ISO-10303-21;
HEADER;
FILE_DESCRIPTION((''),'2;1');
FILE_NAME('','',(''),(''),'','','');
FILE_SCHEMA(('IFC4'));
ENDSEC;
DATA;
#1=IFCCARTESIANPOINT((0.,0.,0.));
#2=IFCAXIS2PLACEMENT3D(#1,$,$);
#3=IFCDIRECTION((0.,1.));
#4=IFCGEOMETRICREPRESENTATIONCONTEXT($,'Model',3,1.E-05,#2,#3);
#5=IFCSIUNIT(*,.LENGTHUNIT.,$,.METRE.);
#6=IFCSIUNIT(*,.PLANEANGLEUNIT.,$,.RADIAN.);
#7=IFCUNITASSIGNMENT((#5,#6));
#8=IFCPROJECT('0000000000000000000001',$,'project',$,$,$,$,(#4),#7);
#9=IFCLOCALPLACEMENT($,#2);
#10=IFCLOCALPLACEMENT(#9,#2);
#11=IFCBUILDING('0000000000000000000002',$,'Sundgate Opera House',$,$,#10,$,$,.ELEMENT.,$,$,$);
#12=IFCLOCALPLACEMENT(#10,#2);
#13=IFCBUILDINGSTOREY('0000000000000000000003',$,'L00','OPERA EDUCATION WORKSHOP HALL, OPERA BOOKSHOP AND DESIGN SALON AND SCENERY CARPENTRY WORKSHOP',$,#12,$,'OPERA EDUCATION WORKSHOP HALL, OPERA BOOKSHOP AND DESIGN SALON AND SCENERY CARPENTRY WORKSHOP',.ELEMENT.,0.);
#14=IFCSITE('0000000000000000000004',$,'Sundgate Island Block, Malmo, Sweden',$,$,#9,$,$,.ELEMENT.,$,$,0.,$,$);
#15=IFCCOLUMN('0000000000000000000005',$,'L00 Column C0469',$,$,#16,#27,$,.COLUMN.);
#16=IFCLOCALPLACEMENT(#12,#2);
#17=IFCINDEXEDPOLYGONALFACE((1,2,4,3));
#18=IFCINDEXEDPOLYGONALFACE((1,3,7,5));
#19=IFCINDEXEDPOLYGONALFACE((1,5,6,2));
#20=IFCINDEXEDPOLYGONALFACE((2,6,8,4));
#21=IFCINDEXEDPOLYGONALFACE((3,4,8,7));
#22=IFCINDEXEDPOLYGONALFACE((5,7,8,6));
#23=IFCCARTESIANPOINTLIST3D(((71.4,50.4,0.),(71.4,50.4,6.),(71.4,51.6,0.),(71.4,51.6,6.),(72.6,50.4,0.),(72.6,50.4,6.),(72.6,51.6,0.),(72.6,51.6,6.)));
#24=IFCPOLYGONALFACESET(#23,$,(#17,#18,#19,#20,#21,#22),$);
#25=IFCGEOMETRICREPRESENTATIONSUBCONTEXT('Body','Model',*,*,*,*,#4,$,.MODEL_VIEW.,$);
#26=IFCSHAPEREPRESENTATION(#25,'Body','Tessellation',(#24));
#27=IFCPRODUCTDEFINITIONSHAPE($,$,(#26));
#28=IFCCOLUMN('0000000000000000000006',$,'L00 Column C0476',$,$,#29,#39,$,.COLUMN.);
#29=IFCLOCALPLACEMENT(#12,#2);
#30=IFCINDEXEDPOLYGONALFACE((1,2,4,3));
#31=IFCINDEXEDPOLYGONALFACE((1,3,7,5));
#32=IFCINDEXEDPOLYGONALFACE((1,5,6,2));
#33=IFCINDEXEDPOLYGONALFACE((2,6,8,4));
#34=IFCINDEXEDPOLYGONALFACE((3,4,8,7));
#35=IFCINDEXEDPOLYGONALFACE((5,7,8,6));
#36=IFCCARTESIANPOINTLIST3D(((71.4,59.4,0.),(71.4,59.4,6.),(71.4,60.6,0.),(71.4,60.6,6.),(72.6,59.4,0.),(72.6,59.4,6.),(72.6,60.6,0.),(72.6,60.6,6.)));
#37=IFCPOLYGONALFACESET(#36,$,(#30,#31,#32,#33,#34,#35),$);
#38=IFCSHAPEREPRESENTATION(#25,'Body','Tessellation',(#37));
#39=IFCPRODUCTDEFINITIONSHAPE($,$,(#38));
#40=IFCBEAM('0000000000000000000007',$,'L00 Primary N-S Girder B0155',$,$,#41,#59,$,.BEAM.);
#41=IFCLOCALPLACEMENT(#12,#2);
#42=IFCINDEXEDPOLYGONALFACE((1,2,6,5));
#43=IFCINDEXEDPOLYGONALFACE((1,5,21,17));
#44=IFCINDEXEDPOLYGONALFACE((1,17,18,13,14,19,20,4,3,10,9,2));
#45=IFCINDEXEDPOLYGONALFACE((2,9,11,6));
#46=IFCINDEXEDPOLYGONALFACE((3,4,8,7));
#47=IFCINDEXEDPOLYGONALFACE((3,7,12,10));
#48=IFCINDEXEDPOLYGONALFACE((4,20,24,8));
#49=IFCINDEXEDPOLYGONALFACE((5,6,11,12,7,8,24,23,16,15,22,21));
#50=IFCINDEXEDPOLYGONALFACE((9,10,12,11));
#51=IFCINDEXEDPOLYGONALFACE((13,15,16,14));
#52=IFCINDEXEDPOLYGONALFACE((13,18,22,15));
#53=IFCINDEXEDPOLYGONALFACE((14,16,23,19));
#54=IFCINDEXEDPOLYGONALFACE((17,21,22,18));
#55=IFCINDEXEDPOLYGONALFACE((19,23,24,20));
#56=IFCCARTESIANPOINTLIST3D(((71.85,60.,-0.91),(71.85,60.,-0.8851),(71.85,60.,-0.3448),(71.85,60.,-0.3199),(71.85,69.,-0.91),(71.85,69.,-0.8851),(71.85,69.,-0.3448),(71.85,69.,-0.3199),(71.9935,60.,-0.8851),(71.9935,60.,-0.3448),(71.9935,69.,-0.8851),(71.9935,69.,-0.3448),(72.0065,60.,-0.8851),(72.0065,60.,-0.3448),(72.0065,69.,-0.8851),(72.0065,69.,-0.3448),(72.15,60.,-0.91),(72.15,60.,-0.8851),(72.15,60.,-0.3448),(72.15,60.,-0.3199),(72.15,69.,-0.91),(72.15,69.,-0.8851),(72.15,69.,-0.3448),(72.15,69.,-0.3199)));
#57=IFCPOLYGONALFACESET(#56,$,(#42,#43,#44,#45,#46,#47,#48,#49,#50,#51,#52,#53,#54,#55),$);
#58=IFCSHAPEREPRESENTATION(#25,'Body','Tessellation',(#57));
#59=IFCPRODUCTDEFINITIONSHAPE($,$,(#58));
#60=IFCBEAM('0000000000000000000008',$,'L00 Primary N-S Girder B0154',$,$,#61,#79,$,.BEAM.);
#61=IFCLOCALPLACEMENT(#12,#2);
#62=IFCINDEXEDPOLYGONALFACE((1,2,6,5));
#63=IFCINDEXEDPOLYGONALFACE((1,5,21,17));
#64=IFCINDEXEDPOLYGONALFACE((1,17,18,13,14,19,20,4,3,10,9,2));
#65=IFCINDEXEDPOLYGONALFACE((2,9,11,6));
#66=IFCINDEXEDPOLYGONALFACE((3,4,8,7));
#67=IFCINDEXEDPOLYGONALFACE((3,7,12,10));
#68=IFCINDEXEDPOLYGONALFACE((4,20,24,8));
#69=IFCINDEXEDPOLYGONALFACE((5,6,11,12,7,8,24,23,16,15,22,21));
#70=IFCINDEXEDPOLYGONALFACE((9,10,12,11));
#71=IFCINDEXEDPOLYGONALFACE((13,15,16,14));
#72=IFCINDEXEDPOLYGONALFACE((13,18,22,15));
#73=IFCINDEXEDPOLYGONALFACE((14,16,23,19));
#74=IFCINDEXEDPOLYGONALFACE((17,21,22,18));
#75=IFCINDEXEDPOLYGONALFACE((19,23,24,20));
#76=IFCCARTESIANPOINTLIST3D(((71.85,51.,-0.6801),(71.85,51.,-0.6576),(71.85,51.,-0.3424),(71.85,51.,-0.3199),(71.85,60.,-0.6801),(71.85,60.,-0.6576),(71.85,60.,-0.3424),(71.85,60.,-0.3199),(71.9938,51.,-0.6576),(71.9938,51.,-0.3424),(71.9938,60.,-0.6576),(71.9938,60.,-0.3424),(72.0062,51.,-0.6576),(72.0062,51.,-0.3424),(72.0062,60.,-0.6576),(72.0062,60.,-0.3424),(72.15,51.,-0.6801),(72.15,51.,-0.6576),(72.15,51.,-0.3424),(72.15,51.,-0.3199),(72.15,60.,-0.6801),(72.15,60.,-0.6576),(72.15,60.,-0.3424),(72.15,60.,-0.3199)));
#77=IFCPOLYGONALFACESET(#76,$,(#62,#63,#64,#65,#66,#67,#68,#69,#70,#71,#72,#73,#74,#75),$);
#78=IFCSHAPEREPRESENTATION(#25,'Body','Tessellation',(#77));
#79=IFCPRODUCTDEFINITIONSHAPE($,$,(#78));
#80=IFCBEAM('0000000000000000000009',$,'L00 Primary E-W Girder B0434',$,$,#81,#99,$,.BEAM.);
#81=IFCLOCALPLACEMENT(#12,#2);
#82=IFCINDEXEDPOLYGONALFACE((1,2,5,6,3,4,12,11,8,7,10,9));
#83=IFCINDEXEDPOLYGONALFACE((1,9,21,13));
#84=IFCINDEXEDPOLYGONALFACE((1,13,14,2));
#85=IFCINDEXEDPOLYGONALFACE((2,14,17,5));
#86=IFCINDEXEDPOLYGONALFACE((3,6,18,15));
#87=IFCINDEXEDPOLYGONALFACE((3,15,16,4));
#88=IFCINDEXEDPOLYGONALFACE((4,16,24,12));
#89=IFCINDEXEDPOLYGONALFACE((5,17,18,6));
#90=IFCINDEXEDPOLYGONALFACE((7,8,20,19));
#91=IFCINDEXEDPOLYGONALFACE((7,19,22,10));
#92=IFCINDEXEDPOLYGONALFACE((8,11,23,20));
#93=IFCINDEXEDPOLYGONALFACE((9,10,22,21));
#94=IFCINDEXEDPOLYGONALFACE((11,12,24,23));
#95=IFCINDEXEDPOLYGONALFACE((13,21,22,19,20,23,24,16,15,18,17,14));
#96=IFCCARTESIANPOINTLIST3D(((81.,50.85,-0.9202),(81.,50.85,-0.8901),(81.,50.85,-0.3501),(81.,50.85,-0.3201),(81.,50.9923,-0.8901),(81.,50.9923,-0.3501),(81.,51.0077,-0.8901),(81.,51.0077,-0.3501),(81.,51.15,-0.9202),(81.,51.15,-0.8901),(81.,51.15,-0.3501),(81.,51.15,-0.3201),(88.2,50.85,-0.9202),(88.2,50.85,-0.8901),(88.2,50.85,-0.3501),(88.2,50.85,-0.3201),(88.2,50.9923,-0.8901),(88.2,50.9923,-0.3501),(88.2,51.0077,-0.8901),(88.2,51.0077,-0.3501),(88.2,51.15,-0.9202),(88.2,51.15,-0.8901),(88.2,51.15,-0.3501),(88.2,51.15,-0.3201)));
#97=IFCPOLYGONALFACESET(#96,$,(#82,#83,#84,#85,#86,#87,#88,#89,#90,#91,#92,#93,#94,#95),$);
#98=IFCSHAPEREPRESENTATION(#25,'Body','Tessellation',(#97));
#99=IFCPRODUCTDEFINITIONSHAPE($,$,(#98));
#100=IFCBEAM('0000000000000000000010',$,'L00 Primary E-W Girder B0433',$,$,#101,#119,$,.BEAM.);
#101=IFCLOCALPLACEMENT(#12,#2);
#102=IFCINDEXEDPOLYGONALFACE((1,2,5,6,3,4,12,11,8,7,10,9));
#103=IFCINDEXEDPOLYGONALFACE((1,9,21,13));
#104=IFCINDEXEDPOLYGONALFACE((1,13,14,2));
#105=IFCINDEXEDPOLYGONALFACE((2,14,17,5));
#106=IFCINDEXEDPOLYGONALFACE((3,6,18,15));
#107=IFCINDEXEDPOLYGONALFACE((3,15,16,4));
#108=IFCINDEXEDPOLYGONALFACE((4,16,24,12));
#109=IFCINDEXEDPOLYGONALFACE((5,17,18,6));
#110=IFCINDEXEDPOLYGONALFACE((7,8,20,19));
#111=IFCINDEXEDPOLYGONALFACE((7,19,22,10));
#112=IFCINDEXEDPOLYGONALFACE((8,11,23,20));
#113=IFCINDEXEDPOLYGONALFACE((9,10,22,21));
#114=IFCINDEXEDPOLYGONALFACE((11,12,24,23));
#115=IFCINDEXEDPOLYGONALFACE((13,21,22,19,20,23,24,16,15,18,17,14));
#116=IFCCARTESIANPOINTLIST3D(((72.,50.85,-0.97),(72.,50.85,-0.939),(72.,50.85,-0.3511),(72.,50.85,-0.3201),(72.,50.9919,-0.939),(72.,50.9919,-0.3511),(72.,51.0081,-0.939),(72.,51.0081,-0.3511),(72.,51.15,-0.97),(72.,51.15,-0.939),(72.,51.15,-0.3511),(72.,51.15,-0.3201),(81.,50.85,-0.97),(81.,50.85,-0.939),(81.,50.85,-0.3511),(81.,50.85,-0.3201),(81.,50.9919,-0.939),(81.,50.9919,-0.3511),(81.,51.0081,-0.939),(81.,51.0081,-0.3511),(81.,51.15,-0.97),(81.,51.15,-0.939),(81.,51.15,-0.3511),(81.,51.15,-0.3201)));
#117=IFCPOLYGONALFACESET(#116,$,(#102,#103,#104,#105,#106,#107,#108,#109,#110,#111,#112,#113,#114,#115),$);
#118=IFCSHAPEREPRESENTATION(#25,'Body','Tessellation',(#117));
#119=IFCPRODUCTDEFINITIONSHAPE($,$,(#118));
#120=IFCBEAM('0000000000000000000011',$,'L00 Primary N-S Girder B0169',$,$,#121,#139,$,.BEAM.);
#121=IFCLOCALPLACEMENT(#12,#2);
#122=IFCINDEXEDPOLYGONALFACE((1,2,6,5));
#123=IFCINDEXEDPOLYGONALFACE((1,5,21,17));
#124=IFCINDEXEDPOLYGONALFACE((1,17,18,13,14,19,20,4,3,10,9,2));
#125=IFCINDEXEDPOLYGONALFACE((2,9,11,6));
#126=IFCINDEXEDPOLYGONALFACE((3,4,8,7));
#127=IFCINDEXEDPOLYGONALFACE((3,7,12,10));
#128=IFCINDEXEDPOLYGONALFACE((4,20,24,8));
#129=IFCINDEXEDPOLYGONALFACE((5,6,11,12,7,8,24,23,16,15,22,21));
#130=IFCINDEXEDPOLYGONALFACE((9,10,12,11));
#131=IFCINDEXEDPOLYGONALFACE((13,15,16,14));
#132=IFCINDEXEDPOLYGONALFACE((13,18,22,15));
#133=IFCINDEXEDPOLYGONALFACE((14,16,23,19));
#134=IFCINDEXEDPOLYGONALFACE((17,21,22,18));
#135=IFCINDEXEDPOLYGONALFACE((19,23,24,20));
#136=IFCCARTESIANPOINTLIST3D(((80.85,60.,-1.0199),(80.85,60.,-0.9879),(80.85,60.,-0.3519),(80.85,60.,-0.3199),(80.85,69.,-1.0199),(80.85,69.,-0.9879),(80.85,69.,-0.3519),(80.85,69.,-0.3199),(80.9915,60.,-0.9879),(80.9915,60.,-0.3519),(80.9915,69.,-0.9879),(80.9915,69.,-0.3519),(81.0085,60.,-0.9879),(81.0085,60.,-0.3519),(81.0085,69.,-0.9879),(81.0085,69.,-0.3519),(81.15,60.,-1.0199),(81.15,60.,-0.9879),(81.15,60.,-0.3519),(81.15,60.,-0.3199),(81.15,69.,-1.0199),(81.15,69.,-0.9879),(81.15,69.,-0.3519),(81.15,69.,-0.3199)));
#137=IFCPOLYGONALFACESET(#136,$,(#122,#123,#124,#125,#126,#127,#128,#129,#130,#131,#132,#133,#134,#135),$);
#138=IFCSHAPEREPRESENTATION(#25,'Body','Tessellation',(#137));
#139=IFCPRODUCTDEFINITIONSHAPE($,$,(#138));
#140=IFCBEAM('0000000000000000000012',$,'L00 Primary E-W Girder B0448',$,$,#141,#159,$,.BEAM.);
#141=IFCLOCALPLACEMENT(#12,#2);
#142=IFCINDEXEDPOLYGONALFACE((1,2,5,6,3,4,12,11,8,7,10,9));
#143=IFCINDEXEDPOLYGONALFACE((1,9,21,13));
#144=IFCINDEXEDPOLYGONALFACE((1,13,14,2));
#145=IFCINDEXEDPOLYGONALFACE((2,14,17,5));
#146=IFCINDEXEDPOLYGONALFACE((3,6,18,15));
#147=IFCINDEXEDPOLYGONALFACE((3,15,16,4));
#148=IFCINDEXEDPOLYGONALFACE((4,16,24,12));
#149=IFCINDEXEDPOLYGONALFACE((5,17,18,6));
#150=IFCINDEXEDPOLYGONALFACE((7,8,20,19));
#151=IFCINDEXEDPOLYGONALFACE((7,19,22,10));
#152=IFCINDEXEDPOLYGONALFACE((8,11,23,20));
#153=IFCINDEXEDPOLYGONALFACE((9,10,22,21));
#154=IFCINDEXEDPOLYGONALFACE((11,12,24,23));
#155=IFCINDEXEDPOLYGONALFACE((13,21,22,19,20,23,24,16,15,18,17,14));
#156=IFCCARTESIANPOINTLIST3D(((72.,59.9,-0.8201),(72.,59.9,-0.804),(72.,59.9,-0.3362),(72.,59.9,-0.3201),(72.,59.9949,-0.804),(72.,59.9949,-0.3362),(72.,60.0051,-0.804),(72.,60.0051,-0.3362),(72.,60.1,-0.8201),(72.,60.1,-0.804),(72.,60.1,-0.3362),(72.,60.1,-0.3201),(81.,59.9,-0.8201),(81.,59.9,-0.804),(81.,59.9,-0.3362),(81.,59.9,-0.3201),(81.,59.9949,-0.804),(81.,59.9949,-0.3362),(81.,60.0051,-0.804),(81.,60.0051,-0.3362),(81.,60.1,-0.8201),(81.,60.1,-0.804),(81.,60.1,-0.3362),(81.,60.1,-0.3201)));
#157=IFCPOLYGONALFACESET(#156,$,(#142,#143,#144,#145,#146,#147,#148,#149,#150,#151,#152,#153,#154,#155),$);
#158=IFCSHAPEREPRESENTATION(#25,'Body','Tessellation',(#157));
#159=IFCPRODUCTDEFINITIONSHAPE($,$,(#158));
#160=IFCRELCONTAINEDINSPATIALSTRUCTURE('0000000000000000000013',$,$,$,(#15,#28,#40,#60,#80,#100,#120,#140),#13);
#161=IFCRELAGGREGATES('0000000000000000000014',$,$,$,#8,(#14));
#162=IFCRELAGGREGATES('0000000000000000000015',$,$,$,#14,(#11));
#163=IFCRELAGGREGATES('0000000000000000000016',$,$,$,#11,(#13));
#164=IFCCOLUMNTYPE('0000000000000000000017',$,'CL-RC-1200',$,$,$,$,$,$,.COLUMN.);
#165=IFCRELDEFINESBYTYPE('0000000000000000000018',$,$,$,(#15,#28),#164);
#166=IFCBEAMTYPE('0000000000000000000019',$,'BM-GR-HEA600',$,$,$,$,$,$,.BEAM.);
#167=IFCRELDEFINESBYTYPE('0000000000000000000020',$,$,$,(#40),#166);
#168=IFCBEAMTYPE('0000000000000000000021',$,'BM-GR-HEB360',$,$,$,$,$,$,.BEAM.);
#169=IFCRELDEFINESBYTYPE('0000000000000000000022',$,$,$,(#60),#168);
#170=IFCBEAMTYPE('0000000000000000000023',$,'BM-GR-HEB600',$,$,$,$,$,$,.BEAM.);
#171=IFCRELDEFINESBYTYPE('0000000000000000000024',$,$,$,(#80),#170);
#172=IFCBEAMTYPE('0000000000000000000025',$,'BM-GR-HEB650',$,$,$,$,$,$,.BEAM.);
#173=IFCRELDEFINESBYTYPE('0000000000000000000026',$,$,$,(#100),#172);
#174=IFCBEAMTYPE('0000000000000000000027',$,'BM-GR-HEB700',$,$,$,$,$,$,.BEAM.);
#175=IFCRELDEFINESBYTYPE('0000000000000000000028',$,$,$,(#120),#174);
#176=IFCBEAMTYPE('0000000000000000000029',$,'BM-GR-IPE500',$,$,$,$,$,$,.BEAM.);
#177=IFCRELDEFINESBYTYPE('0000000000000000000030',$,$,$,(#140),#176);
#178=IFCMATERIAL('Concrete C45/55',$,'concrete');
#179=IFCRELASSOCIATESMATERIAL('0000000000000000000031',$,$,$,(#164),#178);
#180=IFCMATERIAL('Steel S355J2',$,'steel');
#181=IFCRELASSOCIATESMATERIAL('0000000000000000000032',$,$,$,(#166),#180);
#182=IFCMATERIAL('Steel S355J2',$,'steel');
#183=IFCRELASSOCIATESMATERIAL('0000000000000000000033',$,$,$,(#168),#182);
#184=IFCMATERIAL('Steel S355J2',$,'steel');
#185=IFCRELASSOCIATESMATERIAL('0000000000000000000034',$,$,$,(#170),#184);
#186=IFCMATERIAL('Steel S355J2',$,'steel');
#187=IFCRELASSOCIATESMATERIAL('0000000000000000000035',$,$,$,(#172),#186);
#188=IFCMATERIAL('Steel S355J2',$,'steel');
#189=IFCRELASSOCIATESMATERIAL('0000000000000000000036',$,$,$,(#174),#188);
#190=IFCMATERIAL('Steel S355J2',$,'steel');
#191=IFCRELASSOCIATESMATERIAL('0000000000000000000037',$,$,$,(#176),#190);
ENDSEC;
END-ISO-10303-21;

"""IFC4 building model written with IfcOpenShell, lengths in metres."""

from ifc_helpers import new_model, si_unit, direction, frame, origin, origin_2d, place, context, subcontext, project, spatial, rectangle, i_section, extrude, material, material_profile, profile_set, type_object, element, save


model = new_model("IFC4")

# Units and contexts
model_context = context("Model", 3, precision=1e-05, world=origin(), true_north=direction((0.0, 1.0)))
body_context = subcontext(model_context, "Body", "Model", "MODEL_VIEW")
ifc_project = project(units=[si_unit("LENGTHUNIT", "METRE"), si_unit("PLANEANGLEUNIT", "RADIAN")], contexts=[model_context])

# Site, building, storey
site_placement = place(None, origin())
site = spatial("IfcSite", under=ifc_project, at=site_placement, Name="Sundgate Island Block, Malmo, Sweden", CompositionType="ELEMENT", RefElevation=0.0)
building_placement = place(site_placement, origin())
building = spatial("IfcBuilding", under=site, at=building_placement, Name="Sundgate Opera House", CompositionType="ELEMENT")
storey_placement = place(building_placement, origin())
storey = spatial("IfcBuildingStorey", under=building, at=storey_placement, Name="L00", Description="OPERA EDUCATION WORKSHOP HALL, OPERA BOOKSHOP AND DESIGN SALON AND SCENERY CARPENTRY WORKSHOP", LongName="OPERA EDUCATION WORKSHOP HALL, OPERA BOOKSHOP AND DESIGN SALON AND SCENERY CARPENTRY WORKSHOP", CompositionType="ELEMENT", Elevation=0.0)

# Columns
ifc_material_1 = material(Name="Concrete C45/55", Category="concrete")
ifc_material_profile_1 = material_profile(ifc_material_1, rectangle(XDim=1.2, YDim=1.2, at=origin_2d()), Name="RC 1200x1200")
ifc_profile_set_1 = profile_set([ifc_material_profile_1], Name="Concrete C45/55")
column_type = type_object("IfcColumnType", Name="CL-RC-1200", PredefinedType="COLUMN", material=ifc_profile_set_1)
for number, where, z_axis, x_axis, name in (
    (1, (72.0, 51.0, 0.0), (0.0, 0.0, 1.0), (1.0, 0.0, 0.0), "L00 Column C0469"),
    (2, (72.0, 60.0, 0.0), (0.0, 0.0, 1.0), (1.0, 0.0, 0.0), "L00 Column C0476"),
):
    element("IfcColumn", number, at=place(storey_placement, frame(where, z_axis=z_axis, x_axis=x_axis)), inside=storey, type_object=column_type, Name=name, PredefinedType="COLUMN", context=body_context, shape_type="SweptSolid", body=[
        extrude(rectangle(XDim=1.2, YDim=1.2, at=origin_2d()), origin(), (0.0, 0.0, 1.0), 6.0),
    ])

# Beams
ifc_material_2 = material(Name="Steel S355J2", Category="steel")
ifc_material_profile_2 = material_profile(ifc_material_2, i_section(OverallWidth=0.3, OverallDepth=0.5901, WebThickness=0.0129, FlangeThickness=0.0249, at=origin_2d()), Name="HEA 600")
ifc_profile_set_2 = profile_set([ifc_material_profile_2], Name="Steel S355J2")
beam_type_1 = type_object("IfcBeamType", Name="BM-GR-HEA600", PredefinedType="BEAM", material=ifc_profile_set_2)
beam_1_placement = place(storey_placement, frame((72.0, 60.0, -0.615), z_axis=(0.0, 1.0, 0.0), x_axis=(-1.0, 0.0, 0.0)))
element("IfcBeam", 3, at=beam_1_placement, inside=storey, type_object=beam_type_1, Name="L00 Primary N-S Girder B0155", PredefinedType="BEAM", context=body_context, shape_type="SweptSolid", body=[
    extrude(i_section(OverallWidth=0.3, OverallDepth=0.5901, WebThickness=0.0129, FlangeThickness=0.0249, at=origin_2d()), origin(), (0.0, 0.0, 1.0), 9.0),
])
ifc_material_3 = material(Name="Steel S355J2", Category="steel")
ifc_material_profile_3 = material_profile(ifc_material_3, i_section(OverallWidth=0.3, OverallDepth=0.3601, WebThickness=0.0125, FlangeThickness=0.0225, at=origin_2d()), Name="HEB 360")
ifc_profile_set_3 = profile_set([ifc_material_profile_3], Name="Steel S355J2")
beam_type_2 = type_object("IfcBeamType", Name="BM-GR-HEB360", PredefinedType="BEAM", material=ifc_profile_set_3)
beam_2_placement = place(storey_placement, frame((72.0, 51.0, -0.5), z_axis=(0.0, 1.0, 0.0), x_axis=(-1.0, 0.0, 0.0)))
element("IfcBeam", 4, at=beam_2_placement, inside=storey, type_object=beam_type_2, Name="L00 Primary N-S Girder B0154", PredefinedType="BEAM", context=body_context, shape_type="SweptSolid", body=[
    extrude(i_section(OverallWidth=0.3, OverallDepth=0.3601, WebThickness=0.0125, FlangeThickness=0.0225, at=origin_2d()), origin(), (0.0, 0.0, 1.0), 9.0),
])
ifc_material_4 = material(Name="Steel S355J2", Category="steel")
ifc_material_profile_4 = material_profile(ifc_material_4, i_section(OverallWidth=0.3, OverallDepth=0.6001, WebThickness=0.0154, FlangeThickness=0.03, at=origin_2d()), Name="HEB 600")
ifc_profile_set_4 = profile_set([ifc_material_profile_4], Name="Steel S355J2")
beam_type_3 = type_object("IfcBeamType", Name="BM-GR-HEB600", PredefinedType="BEAM", material=ifc_profile_set_4)
beam_3_placement = place(storey_placement, frame((81.0, 51.0, -0.6201), z_axis=(1.0, 0.0, 0.0), x_axis=(0.0, 1.0, 0.0)))
element("IfcBeam", 5, at=beam_3_placement, inside=storey, type_object=beam_type_3, Name="L00 Primary E-W Girder B0434", PredefinedType="BEAM", context=body_context, shape_type="SweptSolid", body=[
    extrude(i_section(OverallWidth=0.3, OverallDepth=0.6001, WebThickness=0.0154, FlangeThickness=0.03, at=origin_2d()), origin(), (0.0, 0.0, 1.0), 7.2),
])
ifc_material_5 = material(Name="Steel S355J2", Category="steel")
ifc_material_profile_5 = material_profile(ifc_material_5, i_section(OverallWidth=0.3, OverallDepth=0.6499, WebThickness=0.0161, FlangeThickness=0.031, at=origin_2d()), Name="HEB 650")
ifc_profile_set_5 = profile_set([ifc_material_profile_5], Name="Steel S355J2")
beam_type_4 = type_object("IfcBeamType", Name="BM-GR-HEB650", PredefinedType="BEAM", material=ifc_profile_set_5)
beam_4_placement = place(storey_placement, frame((72.0, 51.0, -0.645), z_axis=(1.0, 0.0, 0.0), x_axis=(0.0, 1.0, 0.0)))
element("IfcBeam", 6, at=beam_4_placement, inside=storey, type_object=beam_type_4, Name="L00 Primary E-W Girder B0433", PredefinedType="BEAM", context=body_context, shape_type="SweptSolid", body=[
    extrude(i_section(OverallWidth=0.3, OverallDepth=0.6499, WebThickness=0.0161, FlangeThickness=0.031, at=origin_2d()), origin(), (0.0, 0.0, 1.0), 9.0),
])
ifc_material_6 = material(Name="Steel S355J2", Category="steel")
ifc_material_profile_6 = material_profile(ifc_material_6, i_section(OverallWidth=0.3, OverallDepth=0.7, WebThickness=0.0171, FlangeThickness=0.032, at=origin_2d()), Name="HEB 700")
ifc_profile_set_6 = profile_set([ifc_material_profile_6], Name="Steel S355J2")
beam_type_5 = type_object("IfcBeamType", Name="BM-GR-HEB700", PredefinedType="BEAM", material=ifc_profile_set_6)
beam_5_placement = place(storey_placement, frame((81.0, 60.0, -0.6699), z_axis=(0.0, 1.0, 0.0), x_axis=(-1.0, 0.0, 0.0)))
element("IfcBeam", 7, at=beam_5_placement, inside=storey, type_object=beam_type_5, Name="L00 Primary N-S Girder B0169", PredefinedType="BEAM", context=body_context, shape_type="SweptSolid", body=[
    extrude(i_section(OverallWidth=0.3, OverallDepth=0.7, WebThickness=0.0171, FlangeThickness=0.032, at=origin_2d()), origin(), (0.0, 0.0, 1.0), 9.0),
])
ifc_material_7 = material(Name="Steel S355J2", Category="steel")
ifc_material_profile_7 = material_profile(ifc_material_7, i_section(OverallWidth=0.2, OverallDepth=0.5, WebThickness=0.0103, FlangeThickness=0.0161, at=origin_2d()), Name="IPE 500")
ifc_profile_set_7 = profile_set([ifc_material_profile_7], Name="Steel S355J2")
beam_type_6 = type_object("IfcBeamType", Name="BM-GR-IPE500", PredefinedType="BEAM", material=ifc_profile_set_7)
beam_6_placement = place(storey_placement, frame((72.0, 60.0, -0.5701), z_axis=(1.0, 0.0, 0.0), x_axis=(0.0, 1.0, 0.0)))
element("IfcBeam", 8, at=beam_6_placement, inside=storey, type_object=beam_type_6, Name="L00 Primary E-W Girder B0448", PredefinedType="BEAM", context=body_context, shape_type="SweptSolid", body=[
    extrude(i_section(OverallWidth=0.2, OverallDepth=0.5, WebThickness=0.0103, FlangeThickness=0.0161, at=origin_2d()), origin(), (0.0, 0.0, 1.0), 9.0),
])

save(model, "model.ifc")
